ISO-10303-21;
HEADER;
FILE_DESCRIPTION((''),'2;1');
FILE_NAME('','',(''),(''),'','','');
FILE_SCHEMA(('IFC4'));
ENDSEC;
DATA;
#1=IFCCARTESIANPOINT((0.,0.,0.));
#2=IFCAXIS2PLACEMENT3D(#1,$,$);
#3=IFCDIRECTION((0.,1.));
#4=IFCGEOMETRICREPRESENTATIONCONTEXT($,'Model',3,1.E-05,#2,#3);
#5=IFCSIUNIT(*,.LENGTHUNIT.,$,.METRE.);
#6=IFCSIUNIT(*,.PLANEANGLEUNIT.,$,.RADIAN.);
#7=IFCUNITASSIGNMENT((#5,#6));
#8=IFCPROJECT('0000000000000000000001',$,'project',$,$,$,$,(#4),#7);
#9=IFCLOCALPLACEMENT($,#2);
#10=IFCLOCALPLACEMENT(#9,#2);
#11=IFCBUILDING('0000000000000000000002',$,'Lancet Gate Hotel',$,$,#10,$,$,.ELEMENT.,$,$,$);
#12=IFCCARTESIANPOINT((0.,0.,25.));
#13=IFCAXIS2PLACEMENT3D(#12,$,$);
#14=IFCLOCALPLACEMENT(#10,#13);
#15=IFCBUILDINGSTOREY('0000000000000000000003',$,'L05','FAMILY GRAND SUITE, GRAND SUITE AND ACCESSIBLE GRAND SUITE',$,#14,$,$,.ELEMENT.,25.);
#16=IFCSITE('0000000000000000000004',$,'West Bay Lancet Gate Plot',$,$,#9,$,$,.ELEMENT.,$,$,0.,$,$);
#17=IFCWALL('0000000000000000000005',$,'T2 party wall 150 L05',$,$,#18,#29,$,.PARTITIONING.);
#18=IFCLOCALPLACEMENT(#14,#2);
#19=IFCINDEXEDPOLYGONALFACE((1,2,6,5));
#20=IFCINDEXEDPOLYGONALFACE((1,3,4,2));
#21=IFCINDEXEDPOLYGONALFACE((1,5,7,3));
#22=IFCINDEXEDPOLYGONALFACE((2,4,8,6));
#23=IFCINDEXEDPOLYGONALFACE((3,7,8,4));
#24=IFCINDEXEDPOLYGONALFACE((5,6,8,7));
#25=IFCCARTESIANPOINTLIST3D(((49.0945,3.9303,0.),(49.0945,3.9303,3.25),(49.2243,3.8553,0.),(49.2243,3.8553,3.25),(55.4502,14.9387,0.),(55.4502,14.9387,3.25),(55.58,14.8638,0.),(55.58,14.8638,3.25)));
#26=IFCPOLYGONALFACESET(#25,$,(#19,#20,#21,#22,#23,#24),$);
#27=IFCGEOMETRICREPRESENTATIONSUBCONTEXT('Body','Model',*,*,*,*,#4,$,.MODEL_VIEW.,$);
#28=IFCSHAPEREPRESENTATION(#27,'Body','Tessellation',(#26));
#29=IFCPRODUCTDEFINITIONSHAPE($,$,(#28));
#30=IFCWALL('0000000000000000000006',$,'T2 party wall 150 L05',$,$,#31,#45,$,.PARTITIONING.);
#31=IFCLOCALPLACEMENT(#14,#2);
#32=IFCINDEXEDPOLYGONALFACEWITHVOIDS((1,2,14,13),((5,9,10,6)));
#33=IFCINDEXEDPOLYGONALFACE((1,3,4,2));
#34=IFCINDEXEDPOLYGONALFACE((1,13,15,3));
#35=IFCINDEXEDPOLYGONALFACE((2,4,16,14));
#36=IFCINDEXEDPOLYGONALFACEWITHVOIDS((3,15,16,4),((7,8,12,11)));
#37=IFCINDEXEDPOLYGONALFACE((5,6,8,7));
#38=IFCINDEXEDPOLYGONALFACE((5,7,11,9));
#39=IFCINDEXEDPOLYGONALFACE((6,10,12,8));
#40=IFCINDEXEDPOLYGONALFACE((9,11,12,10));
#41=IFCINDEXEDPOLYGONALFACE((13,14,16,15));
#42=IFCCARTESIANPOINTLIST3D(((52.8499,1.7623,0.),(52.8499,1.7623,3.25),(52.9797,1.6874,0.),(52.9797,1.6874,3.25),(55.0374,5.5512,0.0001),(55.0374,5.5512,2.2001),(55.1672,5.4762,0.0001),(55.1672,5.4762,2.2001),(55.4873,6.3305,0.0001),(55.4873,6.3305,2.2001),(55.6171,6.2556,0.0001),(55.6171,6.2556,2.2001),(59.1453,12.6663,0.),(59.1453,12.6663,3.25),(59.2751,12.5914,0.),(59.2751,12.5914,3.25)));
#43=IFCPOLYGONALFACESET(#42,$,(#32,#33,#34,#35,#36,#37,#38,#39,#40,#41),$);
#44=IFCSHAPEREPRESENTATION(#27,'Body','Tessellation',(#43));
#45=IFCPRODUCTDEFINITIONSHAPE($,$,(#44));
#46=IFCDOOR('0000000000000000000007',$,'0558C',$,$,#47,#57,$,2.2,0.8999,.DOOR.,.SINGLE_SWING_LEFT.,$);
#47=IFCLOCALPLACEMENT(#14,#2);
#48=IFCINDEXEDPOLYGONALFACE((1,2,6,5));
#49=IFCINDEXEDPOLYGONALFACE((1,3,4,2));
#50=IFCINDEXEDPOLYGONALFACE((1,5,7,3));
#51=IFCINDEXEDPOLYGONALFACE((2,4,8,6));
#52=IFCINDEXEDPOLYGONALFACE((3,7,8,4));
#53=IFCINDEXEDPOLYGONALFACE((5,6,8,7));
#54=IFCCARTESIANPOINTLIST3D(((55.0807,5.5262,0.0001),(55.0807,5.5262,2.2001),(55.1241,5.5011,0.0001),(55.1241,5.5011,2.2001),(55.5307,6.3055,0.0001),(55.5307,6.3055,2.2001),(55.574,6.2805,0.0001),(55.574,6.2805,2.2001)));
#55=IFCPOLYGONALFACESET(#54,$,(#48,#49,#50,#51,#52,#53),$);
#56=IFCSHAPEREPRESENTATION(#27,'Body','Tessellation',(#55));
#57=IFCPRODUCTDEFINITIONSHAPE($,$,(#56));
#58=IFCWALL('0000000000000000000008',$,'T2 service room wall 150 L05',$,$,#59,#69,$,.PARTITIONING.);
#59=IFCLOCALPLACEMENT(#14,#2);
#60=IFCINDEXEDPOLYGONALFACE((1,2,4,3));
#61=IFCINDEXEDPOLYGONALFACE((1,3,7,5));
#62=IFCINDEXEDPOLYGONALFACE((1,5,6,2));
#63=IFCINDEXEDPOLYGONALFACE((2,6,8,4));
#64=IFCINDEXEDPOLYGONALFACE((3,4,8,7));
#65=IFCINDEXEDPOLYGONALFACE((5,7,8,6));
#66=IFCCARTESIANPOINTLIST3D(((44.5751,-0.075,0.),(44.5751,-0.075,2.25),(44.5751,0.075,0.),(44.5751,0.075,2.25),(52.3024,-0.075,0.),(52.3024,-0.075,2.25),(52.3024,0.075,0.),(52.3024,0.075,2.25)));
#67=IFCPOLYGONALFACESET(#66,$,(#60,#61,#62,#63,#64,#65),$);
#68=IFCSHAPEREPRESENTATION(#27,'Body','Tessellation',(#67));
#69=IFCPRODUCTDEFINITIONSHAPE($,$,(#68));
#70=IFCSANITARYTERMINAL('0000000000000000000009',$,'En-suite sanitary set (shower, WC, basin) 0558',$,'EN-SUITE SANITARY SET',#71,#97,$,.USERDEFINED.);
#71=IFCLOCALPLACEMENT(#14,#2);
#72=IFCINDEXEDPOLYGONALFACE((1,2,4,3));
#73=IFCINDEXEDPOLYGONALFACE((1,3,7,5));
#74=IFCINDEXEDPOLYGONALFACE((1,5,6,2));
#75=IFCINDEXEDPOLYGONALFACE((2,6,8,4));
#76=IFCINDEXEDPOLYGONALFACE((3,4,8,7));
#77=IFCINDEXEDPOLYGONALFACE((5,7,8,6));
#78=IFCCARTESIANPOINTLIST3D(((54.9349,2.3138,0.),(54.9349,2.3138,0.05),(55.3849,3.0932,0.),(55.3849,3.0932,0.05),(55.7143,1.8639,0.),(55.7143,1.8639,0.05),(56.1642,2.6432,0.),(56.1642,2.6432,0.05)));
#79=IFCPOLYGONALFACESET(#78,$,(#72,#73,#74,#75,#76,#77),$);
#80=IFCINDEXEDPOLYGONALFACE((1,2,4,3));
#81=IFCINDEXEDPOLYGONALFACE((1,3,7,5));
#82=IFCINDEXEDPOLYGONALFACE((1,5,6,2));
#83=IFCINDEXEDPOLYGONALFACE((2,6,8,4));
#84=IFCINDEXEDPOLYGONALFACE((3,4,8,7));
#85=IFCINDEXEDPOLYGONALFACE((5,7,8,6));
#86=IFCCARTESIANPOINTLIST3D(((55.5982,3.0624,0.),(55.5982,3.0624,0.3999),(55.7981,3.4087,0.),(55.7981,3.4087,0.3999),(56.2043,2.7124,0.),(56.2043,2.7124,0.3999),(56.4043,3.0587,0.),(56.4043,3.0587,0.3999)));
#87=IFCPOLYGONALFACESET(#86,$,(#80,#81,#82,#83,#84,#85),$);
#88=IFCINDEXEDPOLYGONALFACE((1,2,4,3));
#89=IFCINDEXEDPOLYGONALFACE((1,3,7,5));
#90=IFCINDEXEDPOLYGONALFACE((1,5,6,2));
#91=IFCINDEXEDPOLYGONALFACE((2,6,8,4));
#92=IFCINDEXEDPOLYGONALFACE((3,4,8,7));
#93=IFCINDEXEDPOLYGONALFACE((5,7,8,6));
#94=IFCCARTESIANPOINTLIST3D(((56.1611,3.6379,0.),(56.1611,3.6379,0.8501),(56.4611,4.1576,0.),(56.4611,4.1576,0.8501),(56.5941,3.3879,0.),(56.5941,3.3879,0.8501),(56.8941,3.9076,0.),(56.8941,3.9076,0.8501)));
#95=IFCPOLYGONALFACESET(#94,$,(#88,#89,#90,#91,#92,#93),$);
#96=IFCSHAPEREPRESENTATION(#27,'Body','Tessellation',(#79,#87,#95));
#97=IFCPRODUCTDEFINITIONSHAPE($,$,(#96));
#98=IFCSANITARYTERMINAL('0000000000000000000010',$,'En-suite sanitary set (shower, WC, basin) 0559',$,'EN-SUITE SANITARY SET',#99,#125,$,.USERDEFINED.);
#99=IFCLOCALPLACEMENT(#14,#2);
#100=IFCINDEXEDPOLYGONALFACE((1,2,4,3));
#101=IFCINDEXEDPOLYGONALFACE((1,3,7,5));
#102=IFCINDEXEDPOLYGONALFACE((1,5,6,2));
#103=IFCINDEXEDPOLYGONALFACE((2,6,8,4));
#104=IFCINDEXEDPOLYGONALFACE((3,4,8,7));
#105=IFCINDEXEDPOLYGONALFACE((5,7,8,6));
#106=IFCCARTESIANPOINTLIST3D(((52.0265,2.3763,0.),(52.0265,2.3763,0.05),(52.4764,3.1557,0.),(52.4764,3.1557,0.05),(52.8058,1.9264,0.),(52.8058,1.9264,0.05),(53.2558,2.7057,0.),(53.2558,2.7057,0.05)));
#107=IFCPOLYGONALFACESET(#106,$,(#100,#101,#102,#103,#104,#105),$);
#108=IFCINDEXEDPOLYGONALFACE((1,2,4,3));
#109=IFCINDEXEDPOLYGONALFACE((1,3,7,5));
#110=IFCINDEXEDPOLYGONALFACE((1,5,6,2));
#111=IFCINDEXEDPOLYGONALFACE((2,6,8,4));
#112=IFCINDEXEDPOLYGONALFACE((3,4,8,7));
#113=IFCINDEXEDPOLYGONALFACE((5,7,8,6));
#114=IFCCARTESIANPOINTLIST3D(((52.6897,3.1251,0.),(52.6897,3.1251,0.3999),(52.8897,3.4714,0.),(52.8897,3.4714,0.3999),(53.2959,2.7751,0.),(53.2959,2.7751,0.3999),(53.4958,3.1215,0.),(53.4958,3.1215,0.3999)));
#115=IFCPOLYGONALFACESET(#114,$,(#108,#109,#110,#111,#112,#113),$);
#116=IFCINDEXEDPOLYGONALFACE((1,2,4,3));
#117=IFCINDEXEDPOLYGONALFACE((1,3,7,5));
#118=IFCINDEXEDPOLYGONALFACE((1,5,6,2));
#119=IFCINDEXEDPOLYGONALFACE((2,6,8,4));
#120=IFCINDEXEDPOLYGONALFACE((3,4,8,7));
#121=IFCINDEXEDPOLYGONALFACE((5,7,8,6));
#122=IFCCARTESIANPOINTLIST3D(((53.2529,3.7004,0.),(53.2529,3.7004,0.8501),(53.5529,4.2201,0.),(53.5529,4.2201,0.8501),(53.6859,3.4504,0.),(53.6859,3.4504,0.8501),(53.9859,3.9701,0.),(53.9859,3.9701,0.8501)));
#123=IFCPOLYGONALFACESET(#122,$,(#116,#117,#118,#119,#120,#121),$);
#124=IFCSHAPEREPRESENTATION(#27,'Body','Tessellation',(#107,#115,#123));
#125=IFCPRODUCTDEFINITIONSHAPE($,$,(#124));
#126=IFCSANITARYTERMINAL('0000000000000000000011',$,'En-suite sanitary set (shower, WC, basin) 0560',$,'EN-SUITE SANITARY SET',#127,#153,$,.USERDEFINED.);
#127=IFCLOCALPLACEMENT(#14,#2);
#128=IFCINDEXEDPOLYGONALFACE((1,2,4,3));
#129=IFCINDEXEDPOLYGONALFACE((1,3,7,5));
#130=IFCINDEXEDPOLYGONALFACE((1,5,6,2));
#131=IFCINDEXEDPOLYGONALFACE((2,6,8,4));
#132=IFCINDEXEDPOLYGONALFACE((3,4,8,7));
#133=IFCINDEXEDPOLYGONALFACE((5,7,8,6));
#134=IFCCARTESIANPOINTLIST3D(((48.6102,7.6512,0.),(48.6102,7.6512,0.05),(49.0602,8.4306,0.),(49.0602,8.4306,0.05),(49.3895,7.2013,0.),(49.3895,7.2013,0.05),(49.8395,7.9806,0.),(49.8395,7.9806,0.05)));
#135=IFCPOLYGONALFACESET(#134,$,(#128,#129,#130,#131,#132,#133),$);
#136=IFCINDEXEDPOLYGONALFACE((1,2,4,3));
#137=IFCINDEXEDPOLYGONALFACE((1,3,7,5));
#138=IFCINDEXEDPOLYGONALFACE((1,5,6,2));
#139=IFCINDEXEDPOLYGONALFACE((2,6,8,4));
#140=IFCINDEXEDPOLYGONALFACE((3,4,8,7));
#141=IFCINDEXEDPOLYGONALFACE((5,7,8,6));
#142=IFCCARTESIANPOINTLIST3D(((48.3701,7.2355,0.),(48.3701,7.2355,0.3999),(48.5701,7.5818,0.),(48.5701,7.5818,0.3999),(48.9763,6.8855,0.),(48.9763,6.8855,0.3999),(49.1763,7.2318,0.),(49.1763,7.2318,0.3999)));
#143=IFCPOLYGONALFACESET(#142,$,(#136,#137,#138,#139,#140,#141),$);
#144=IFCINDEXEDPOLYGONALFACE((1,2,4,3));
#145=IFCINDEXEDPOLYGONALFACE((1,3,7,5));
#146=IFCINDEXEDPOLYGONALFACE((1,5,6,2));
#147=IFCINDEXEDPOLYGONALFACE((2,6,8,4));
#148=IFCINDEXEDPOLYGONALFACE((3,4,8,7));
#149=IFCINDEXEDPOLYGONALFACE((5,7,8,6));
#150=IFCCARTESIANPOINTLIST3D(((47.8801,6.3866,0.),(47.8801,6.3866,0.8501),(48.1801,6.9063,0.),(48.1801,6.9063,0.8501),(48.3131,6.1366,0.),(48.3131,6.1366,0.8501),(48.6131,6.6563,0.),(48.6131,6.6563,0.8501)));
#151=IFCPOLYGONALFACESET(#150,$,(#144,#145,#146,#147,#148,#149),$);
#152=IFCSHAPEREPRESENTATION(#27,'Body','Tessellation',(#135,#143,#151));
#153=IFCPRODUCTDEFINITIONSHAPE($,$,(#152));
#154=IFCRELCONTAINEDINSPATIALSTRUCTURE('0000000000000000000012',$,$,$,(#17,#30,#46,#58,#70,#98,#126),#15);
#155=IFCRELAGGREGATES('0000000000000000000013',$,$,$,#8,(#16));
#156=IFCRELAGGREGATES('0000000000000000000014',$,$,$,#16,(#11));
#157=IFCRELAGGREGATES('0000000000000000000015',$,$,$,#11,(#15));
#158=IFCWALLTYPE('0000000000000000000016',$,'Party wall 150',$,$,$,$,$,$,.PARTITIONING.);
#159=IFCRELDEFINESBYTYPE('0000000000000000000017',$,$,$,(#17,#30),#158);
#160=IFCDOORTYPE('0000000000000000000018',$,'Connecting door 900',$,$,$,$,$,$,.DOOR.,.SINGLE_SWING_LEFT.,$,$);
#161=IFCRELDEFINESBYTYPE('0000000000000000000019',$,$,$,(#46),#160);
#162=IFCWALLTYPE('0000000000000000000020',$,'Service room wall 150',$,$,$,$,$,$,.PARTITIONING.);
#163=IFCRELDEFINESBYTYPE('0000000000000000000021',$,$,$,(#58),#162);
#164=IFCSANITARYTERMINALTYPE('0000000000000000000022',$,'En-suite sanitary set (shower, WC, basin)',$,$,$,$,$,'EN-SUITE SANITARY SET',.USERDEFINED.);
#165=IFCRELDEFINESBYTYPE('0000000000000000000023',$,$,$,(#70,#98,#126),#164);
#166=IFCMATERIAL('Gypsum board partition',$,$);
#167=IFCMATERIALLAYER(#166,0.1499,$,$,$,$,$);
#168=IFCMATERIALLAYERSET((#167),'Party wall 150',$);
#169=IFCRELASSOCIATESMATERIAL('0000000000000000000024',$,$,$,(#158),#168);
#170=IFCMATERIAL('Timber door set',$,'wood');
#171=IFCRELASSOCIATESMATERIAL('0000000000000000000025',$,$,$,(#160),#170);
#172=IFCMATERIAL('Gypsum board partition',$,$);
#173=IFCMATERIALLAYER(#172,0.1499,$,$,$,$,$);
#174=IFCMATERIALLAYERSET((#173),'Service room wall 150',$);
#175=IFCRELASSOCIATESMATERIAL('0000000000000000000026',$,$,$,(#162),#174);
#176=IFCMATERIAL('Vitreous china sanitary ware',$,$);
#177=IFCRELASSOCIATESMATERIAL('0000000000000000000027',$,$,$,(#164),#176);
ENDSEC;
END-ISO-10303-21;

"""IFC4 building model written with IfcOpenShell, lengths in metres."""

from ifc_helpers import new_model, si_unit, direction, frame, frame_2d, origin, origin_2d, place, context, subcontext, project, spatial, rectangle, extrude, material, layer, layer_set, type_object, element, fill, save


model = new_model("IFC4")

# Units and contexts
model_context = context("Model", 3, precision=1e-05, world=origin(), true_north=direction((0.0, 1.0)))
body_context = subcontext(model_context, "Body", "Model", "MODEL_VIEW")
ifc_project = project(units=[si_unit("LENGTHUNIT", "METRE"), si_unit("PLANEANGLEUNIT", "RADIAN")], contexts=[model_context])

# Site, building, storey
site_placement = place(None, origin())
site = spatial("IfcSite", under=ifc_project, at=site_placement, Name="West Bay Lancet Gate Plot", CompositionType="ELEMENT", RefElevation=0.0)
building_placement = place(site_placement, origin())
building = spatial("IfcBuilding", under=site, at=building_placement, Name="Lancet Gate Hotel", CompositionType="ELEMENT")
storey_placement = place(building_placement, frame((0.0, 0.0, 25.0)))
storey = spatial("IfcBuildingStorey", under=building, at=storey_placement, Name="L05", Description="FAMILY GRAND SUITE, GRAND SUITE AND ACCESSIBLE GRAND SUITE", CompositionType="ELEMENT", Elevation=25.0)

# Wall
ifc_material_1 = material(Name="Gypsum board partition")
ifc_layer_1 = layer(ifc_material_1, 0.1499)
ifc_layer_set_1 = layer_set([ifc_layer_1], Name="Party wall 150")
wall_type_1 = type_object("IfcWallType", Name="Party wall 150", PredefinedType="PARTITIONING", material=ifc_layer_set_1)
wall_1_placement = place(storey_placement, frame((49.1594, 3.8928, 0.0), z_axis=(0.0, 0.0, 1.0), x_axis=(0.499996, 0.866028, 0.0)))
element("IfcWall", 1, at=wall_1_placement, inside=storey, type_object=wall_type_1, Name="T2 party wall 150 L05", PredefinedType="PARTITIONING", context=body_context, shape_type="SweptSolid", body=[
    extrude(rectangle(XDim=12.7114, YDim=0.1499, at=frame_2d((6.3557, 0.0))), origin(), (0.0, 0.0, 1.0), 3.25),
])

# Wall, opening, door
wall_2_placement = place(storey_placement, frame((52.9148, 1.7249, 0.0), z_axis=(0.0, 0.0, 1.0), x_axis=(0.499997, 0.866027, 0.0)))
wall_2 = element("IfcWall", 2, at=wall_2_placement, inside=storey, type_object=wall_type_1, Name="T2 party wall 150 L05", PredefinedType="PARTITIONING", context=body_context, shape_type="SweptSolid", body=[
    extrude(rectangle(XDim=12.5908, YDim=0.1499, at=frame_2d((6.2954, 0.0))), origin(), (0.0, 0.0, 1.0), 3.25),
])
opening_1_placement = place(wall_2_placement, frame((4.375, 0.0, 0.0)))
opening_1 = element("IfcOpeningElement", 3, at=opening_1_placement, cuts=wall_2, PredefinedType="OPENING", context=body_context, shape_type="SweptSolid", body=[
    extrude(rectangle(XDim=0.8999, YDim=2.2, at=frame_2d((0.45, 1.1001))), frame((0.0, 0.085, 0.0), z_axis=(0.0, -1.0, 0.0), x_axis=(1.0, 0.0, 0.0)), (0.0, 0.0, 1.0), 0.1699),
])
ifc_material_2 = material(Name="Timber door set", Category="wood")
door_type_1 = type_object("IfcDoorType", Name="Connecting door 900", OperationType="SINGLE_SWING_LEFT", PredefinedType="DOOR", material=ifc_material_2)
door_1_placement = place(opening_1_placement, origin())
door_1 = element("IfcDoor", 4, at=door_1_placement, inside=storey, type_object=door_type_1, Name="0558C", OperationType="SINGLE_SWING_LEFT", OverallHeight=2.2, OverallWidth=0.8999, PredefinedType="DOOR", context=body_context, shape_type="SweptSolid", body=[
    extrude(rectangle(XDim=0.8999, YDim=2.2, at=frame_2d((0.45, 1.1001))), frame((0.0, 0.0249, 0.0), z_axis=(0.0, -1.0, 0.0), x_axis=(1.0, 0.0, 0.0)), (0.0, 0.0, 1.0), 0.05),
])
fill(opening_1, door_1)

# Wall
ifc_material_3 = material(Name="Gypsum board partition")
ifc_layer_2 = layer(ifc_material_3, 0.1499)
ifc_layer_set_2 = layer_set([ifc_layer_2], Name="Service room wall 150")
wall_type_2 = type_object("IfcWallType", Name="Service room wall 150", PredefinedType="PARTITIONING", material=ifc_layer_set_2)
wall_3_placement = place(storey_placement, frame((44.575, 0.0, 0.0), z_axis=(0.0, 0.0, 1.0), x_axis=(1.0, 0.0, 0.0)))
element("IfcWall", 5, at=wall_3_placement, inside=storey, type_object=wall_type_2, Name="T2 service room wall 150 L05", PredefinedType="PARTITIONING", context=body_context, shape_type="SweptSolid", body=[
    extrude(rectangle(XDim=7.7273, YDim=0.1499, at=frame_2d((3.8638, 0.0))), origin(), (0.0, 0.0, 1.0), 2.25),
])

# Sanitary terminals
ifc_material_4 = material(Name="Vitreous china sanitary ware")
sanitary_terminal_type = type_object("IfcSanitaryTerminalType", Name="En-suite sanitary set (shower, WC, basin)", ElementType="EN-SUITE SANITARY SET", PredefinedType="USERDEFINED", material=ifc_material_4)
sanitary_terminal_1_placement = place(storey_placement, frame((55.5496, 2.4785, 0.0), z_axis=(0.0, 0.0, 1.0), x_axis=(1.0, 0.0, 0.0)))
element("IfcSanitaryTerminal", 6, at=sanitary_terminal_1_placement, inside=storey, type_object=sanitary_terminal_type, Name="En-suite sanitary set (shower, WC, basin) 0558", ObjectType="EN-SUITE SANITARY SET", PredefinedType="USERDEFINED", context=body_context, shape_type="SweptSolid", body=[
    extrude(rectangle(XDim=0.8999, YDim=0.8999, at=origin_2d()), frame((0.0, 0.0, 0.0), z_axis=(0.0, 0.0, 1.0), x_axis=(-0.5, -0.866025, 0.0)), (0.0, 0.0, 1.0), 0.05),
    extrude(rectangle(XDim=0.3999, YDim=0.7, at=origin_2d()), frame((0.4517, 0.582, 0.0), z_axis=(0.0, 0.0, 1.0), x_axis=(-0.5, -0.866025, 0.0)), (0.0, 0.0, 1.0), 0.3999),
    extrude(rectangle(XDim=0.6001, YDim=0.5, at=origin_2d()), frame((0.978, 1.2942, 0.0), z_axis=(0.0, 0.0, 1.0), x_axis=(-0.5, -0.866025, 0.0)), (0.0, 0.0, 1.0), 0.8501),
])
sanitary_terminal_2_placement = place(storey_placement, frame((52.6411, 2.541, 0.0), z_axis=(0.0, 0.0, 1.0), x_axis=(1.0, 0.0, 0.0)))
element("IfcSanitaryTerminal", 7, at=sanitary_terminal_2_placement, inside=storey, type_object=sanitary_terminal_type, Name="En-suite sanitary set (shower, WC, basin) 0559", ObjectType="EN-SUITE SANITARY SET", PredefinedType="USERDEFINED", context=body_context, shape_type="SweptSolid", body=[
    extrude(rectangle(XDim=0.8999, YDim=0.8999, at=origin_2d()), frame((0.0, 0.0, 0.0), z_axis=(0.0, 0.0, 1.0), x_axis=(-0.5, -0.866025, 0.0)), (0.0, 0.0, 1.0), 0.05),
    extrude(rectangle(XDim=0.3999, YDim=0.7, at=origin_2d()), frame((0.4517, 0.5823, 0.0), z_axis=(0.0, 0.0, 1.0), x_axis=(-0.5, -0.866025, 0.0)), (0.0, 0.0, 1.0), 0.3999),
    extrude(rectangle(XDim=0.6001, YDim=0.5, at=origin_2d()), frame((0.9783, 1.2942, 0.0), z_axis=(0.0, 0.0, 1.0), x_axis=(-0.5, -0.866025, 0.0)), (0.0, 0.0, 1.0), 0.8501),
])
sanitary_terminal_3_placement = place(storey_placement, frame((49.2249, 7.8159, 0.0), z_axis=(0.0, 0.0, 1.0), x_axis=(1.0, 0.0, 0.0)))
element("IfcSanitaryTerminal", 8, at=sanitary_terminal_3_placement, inside=storey, type_object=sanitary_terminal_type, Name="En-suite sanitary set (shower, WC, basin) 0560", ObjectType="EN-SUITE SANITARY SET", PredefinedType="USERDEFINED", context=body_context, shape_type="SweptSolid", body=[
    extrude(rectangle(XDim=0.8999, YDim=0.8999, at=origin_2d()), frame((0.0, 0.0, 0.0), z_axis=(0.0, 0.0, 1.0), x_axis=(0.5, 0.866025, 0.0)), (0.0, 0.0, 1.0), 0.05),
    extrude(rectangle(XDim=0.3999, YDim=0.7, at=origin_2d()), frame((-0.4517, -0.5823, 0.0), z_axis=(0.0, 0.0, 1.0), x_axis=(0.5, 0.866025, 0.0)), (0.0, 0.0, 1.0), 0.3999),
    extrude(rectangle(XDim=0.6001, YDim=0.5, at=origin_2d()), frame((-0.9783, -1.2944, 0.0), z_axis=(0.0, 0.0, 1.0), x_axis=(0.5, 0.866025, 0.0)), (0.0, 0.0, 1.0), 0.8501),
])

save(model, "model.ifc")
